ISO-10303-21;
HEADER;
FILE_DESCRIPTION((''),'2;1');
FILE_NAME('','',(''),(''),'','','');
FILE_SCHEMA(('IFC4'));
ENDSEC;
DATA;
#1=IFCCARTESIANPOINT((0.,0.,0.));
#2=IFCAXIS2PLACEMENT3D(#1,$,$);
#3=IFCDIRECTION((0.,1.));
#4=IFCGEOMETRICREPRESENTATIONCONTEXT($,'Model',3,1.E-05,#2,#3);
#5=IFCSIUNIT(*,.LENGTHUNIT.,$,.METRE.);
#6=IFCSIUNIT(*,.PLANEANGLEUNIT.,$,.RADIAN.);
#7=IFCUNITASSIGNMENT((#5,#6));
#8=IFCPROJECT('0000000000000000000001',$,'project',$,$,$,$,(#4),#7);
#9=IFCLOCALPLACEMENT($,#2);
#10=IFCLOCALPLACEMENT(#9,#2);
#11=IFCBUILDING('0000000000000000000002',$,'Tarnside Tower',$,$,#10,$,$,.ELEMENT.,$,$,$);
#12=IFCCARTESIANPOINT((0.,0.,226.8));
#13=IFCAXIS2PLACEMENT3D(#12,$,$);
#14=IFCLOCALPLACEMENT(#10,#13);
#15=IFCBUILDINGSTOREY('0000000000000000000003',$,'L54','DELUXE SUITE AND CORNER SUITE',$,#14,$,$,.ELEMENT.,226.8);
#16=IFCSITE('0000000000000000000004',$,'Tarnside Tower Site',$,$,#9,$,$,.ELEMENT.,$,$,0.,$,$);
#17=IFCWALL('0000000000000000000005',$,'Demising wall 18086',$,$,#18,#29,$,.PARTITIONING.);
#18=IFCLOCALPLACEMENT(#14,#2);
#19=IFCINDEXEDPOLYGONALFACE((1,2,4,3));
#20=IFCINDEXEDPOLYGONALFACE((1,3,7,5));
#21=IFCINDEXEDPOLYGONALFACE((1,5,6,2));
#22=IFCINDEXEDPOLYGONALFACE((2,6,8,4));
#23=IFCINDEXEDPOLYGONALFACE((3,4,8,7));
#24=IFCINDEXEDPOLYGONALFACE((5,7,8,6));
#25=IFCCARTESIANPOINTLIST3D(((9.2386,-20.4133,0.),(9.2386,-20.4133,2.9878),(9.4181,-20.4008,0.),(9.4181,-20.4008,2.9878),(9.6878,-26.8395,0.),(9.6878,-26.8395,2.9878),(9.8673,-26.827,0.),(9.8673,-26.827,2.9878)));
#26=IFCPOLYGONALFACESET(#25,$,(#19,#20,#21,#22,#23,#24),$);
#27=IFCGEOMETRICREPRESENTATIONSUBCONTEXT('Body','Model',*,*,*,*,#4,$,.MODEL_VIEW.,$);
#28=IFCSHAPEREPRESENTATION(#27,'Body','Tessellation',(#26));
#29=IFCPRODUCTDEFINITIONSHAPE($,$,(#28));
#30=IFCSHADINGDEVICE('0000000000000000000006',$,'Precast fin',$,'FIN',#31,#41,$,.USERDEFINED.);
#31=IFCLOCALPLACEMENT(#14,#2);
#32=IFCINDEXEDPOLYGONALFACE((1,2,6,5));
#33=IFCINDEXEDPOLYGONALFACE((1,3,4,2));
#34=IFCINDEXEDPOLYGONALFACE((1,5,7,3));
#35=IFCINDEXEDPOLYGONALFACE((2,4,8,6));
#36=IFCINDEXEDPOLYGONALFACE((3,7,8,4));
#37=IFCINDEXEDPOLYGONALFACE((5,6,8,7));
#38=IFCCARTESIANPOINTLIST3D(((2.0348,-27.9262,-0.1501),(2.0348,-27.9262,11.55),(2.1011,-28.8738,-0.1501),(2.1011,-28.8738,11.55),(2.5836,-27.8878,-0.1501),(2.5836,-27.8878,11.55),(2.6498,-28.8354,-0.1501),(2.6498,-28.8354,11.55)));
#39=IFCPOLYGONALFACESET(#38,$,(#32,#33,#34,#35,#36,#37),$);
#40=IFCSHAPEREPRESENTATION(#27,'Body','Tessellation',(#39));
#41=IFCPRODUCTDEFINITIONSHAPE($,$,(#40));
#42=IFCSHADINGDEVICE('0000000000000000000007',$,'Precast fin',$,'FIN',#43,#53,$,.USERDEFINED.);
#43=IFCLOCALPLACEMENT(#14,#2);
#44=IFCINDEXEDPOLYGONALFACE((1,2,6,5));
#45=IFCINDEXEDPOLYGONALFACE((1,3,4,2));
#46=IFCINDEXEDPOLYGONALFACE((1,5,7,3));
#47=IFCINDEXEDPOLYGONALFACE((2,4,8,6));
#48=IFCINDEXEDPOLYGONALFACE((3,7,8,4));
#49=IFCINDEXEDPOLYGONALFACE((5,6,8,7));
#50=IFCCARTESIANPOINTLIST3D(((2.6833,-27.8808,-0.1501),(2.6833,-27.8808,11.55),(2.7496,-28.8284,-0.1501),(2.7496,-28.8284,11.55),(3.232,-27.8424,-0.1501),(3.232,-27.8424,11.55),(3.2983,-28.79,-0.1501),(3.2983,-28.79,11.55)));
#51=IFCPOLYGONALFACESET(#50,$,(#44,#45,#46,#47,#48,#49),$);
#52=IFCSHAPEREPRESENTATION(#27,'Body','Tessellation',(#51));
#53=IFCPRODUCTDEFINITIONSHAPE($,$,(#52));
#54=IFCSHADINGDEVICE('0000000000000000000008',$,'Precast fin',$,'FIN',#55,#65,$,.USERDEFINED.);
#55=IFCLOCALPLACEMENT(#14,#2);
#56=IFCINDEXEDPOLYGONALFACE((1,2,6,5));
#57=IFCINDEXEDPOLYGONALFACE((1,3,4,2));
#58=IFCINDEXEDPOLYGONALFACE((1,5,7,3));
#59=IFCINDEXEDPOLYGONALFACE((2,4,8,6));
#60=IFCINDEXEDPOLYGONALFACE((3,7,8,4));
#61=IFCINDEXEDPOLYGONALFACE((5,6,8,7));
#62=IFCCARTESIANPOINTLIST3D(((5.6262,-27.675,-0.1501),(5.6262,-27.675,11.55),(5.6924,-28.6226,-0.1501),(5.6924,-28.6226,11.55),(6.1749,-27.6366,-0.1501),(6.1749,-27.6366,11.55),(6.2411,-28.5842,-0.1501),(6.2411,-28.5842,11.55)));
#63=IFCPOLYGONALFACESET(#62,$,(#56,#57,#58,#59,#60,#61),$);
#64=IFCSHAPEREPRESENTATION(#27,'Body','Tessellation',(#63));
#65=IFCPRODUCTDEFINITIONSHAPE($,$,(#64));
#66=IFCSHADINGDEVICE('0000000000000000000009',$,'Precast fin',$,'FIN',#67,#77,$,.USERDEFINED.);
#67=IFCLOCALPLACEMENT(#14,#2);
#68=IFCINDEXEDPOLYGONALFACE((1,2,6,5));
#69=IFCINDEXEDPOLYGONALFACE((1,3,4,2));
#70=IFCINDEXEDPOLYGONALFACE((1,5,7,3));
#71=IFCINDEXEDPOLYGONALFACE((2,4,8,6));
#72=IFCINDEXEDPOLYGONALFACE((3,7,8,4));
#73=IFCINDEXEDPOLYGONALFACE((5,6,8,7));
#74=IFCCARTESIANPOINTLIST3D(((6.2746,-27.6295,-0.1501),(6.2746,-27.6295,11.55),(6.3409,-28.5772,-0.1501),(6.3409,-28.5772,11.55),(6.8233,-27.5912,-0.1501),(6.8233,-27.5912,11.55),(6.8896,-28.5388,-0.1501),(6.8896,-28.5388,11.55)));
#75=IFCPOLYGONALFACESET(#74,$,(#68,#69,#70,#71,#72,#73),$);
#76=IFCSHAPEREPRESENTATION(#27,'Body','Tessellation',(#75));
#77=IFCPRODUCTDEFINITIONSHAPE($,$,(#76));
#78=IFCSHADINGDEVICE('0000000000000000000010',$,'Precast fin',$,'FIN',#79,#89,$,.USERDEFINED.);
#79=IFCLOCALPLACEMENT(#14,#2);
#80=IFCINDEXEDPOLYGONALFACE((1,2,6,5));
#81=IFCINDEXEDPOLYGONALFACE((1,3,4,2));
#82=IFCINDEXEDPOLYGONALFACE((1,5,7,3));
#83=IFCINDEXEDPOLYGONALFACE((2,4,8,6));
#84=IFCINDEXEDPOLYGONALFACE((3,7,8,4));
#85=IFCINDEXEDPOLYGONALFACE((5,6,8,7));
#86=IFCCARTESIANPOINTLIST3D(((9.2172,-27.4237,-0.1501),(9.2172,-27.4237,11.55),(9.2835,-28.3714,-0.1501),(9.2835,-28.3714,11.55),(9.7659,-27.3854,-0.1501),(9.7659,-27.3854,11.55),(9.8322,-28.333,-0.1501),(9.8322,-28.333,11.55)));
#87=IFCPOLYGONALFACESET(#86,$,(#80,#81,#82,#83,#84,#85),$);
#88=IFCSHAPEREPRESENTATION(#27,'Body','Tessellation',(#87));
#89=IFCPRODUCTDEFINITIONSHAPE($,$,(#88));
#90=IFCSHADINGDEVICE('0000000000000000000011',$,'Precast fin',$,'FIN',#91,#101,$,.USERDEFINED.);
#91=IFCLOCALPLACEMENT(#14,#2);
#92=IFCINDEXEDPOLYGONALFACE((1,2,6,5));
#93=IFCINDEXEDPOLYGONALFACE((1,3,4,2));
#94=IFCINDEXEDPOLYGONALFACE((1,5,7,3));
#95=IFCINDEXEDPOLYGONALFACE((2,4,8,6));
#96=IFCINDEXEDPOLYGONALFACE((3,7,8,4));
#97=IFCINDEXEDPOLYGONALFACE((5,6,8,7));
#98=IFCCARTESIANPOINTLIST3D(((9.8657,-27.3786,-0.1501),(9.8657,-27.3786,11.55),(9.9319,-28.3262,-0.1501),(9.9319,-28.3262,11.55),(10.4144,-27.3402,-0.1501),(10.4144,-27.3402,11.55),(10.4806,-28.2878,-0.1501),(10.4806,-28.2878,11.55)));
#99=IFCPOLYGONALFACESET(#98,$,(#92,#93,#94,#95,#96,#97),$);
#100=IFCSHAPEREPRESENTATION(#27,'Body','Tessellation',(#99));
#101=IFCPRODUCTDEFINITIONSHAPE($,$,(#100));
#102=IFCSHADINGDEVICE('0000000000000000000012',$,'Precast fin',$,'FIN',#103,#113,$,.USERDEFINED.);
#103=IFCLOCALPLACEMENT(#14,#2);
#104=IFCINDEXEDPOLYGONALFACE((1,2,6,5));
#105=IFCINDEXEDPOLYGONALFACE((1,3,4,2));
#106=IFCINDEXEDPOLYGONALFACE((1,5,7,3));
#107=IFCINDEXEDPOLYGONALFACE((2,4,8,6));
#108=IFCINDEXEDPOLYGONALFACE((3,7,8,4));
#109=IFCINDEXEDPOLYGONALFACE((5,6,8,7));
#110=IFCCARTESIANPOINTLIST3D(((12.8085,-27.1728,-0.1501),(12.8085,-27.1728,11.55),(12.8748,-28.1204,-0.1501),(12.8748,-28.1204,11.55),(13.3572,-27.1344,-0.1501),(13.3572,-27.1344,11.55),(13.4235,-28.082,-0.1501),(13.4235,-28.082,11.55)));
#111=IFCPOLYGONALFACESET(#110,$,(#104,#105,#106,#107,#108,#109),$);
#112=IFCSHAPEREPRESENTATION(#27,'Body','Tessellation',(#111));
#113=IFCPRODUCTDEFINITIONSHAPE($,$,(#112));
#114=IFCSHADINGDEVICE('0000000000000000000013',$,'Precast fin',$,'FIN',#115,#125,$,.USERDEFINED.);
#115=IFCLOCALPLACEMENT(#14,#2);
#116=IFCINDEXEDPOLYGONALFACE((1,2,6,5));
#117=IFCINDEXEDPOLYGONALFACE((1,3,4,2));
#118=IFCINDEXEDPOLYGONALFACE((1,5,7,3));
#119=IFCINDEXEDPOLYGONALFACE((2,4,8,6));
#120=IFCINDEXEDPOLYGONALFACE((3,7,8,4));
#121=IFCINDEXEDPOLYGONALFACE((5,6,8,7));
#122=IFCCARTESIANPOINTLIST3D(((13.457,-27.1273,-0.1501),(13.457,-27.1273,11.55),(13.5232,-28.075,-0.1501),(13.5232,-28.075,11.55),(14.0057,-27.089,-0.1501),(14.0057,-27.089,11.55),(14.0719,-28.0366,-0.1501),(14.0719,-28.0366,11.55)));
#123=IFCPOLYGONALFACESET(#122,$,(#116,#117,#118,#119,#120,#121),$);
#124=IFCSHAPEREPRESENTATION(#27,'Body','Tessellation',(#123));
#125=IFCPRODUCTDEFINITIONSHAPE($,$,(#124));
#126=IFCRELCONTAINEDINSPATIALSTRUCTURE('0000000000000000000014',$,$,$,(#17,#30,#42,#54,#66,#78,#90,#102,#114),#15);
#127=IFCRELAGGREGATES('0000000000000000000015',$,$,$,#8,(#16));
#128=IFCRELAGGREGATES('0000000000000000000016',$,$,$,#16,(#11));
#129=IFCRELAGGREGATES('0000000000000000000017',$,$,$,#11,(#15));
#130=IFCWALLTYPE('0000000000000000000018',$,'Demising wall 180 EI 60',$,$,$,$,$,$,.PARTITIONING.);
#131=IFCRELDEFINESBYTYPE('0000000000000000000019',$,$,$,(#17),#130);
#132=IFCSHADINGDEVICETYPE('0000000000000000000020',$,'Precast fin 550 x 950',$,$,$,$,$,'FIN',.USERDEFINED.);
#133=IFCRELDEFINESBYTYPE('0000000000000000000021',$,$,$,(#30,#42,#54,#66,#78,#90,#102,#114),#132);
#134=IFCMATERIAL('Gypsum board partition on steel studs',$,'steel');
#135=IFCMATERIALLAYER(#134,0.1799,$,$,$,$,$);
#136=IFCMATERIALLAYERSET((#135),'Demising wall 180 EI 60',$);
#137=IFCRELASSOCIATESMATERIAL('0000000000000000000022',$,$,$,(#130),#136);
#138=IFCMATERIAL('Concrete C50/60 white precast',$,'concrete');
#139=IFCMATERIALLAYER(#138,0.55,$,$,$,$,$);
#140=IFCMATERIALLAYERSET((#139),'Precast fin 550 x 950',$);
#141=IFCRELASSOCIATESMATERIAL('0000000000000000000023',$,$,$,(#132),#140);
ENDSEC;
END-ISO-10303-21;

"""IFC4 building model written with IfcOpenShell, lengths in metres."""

from ifc_helpers import new_model, si_unit, direction, frame, frame_2d, origin, place, context, subcontext, project, spatial, polyline, rectangle, outline, extrude, material, layer, layer_set, type_object, element, save


model = new_model("IFC4")

# Units and contexts
model_context = context("Model", 3, precision=1e-05, world=origin(), true_north=direction((0.0, 1.0)))
body_context = subcontext(model_context, "Body", "Model", "MODEL_VIEW")
ifc_project = project(units=[si_unit("LENGTHUNIT", "METRE"), si_unit("PLANEANGLEUNIT", "RADIAN")], contexts=[model_context])

# Site, building, storey
site_placement = place(None, origin())
site = spatial("IfcSite", under=ifc_project, at=site_placement, Name="Tarnside Tower Site", CompositionType="ELEMENT", RefElevation=0.0)
building_placement = place(site_placement, origin())
building = spatial("IfcBuilding", under=site, at=building_placement, Name="Tarnside Tower", CompositionType="ELEMENT")
storey_placement = place(building_placement, frame((0.0, 0.0, 226.8)))
storey = spatial("IfcBuildingStorey", under=building, at=storey_placement, Name="L54", Description="DELUXE SUITE AND CORNER SUITE", CompositionType="ELEMENT", Elevation=226.8)

# Shared definitions
ifc_material_1 = material(Name="Gypsum board partition on steel studs", Category="steel")

# Wall
ifc_layer_1 = layer(ifc_material_1, 0.1799)
ifc_layer_set_1 = layer_set([ifc_layer_1], Name="Demising wall 180 EI 60")
wall_type_1 = type_object("IfcWallType", Name="Demising wall 180 EI 60", PredefinedType="PARTITIONING", material=ifc_layer_set_1)
wall_1_placement = place(storey_placement, frame((9.7776, -26.8333, 0.0), z_axis=(0.0, 0.0, 1.0), x_axis=(-0.069733, 0.997566, 0.0)))
element("IfcWall", 1, at=wall_1_placement, inside=storey, type_object=wall_type_1, Name="Demising wall 18086", PredefinedType="PARTITIONING", context=body_context, shape_type="SweptSolid", body=[
    extrude(rectangle(XDim=6.4419, YDim=0.1799, at=frame_2d((3.2209, 0.0))), origin(), (0.0, 0.0, 1.0), 2.9878),
])

# Shading devices
ifc_material_2 = material(Name="Concrete C50/60 white precast", Category="concrete")
ifc_layer_2 = layer(ifc_material_2, 0.55)
ifc_layer_set_2 = layer_set([ifc_layer_2], Name="Precast fin 550 x 950")
shading_device_type = type_object("IfcShadingDeviceType", Name="Precast fin 550 x 950", ElementType="FIN", PredefinedType="USERDEFINED", material=ifc_layer_set_2)
for number, where, z_axis, x_axis, name in (
    (2, (2.3093, -27.907, -0.1501), (-0.997564, -0.069756, 0.0), (0.069756, -0.997564, 0.0), "Precast fin"),
    (3, (2.9578, -27.8616, -0.1501), (-0.997564, -0.069756, 0.0), (0.069756, -0.997564, 0.0), "Precast fin"),
    (4, (5.9006, -27.6558, -0.1501), (-0.997564, -0.069756, 0.0), (0.069756, -0.997564, 0.0), "Precast fin"),
    (5, (6.5491, -27.6104, -0.1501), (-0.997564, -0.069756, 0.0), (0.069756, -0.997564, 0.0), "Precast fin"),
    (6, (9.4917, -27.4045, -0.1501), (-0.997564, -0.069756, 0.0), (0.069756, -0.997564, 0.0), "Precast fin"),
    (7, (10.1401, -27.3594, -0.1501), (-0.997564, -0.069756, 0.0), (0.069756, -0.997564, 0.0), "Precast fin"),
    (8, (13.083, -27.1536, -0.1501), (-0.997564, -0.069756, 0.0), (0.069756, -0.997564, 0.0), "Precast fin"),
    (9, (13.7314, -27.1082, -0.1501), (-0.997564, -0.069756, 0.0), (0.069756, -0.997564, 0.0), "Precast fin"),
):
    element("IfcShadingDevice", number, at=place(storey_placement, frame(where, z_axis=z_axis, x_axis=x_axis)), inside=storey, type_object=shading_device_type, Name=name, ObjectType="FIN", PredefinedType="USERDEFINED", context=body_context, shape_type="SweptSolid", body=[
        extrude(outline(polyline([(0.0, 0.0), (0.95, 0.0), (0.95, 11.7002), (0.0, 11.7002), (0.0, 0.0)])), frame((0.0, 0.0, -0.2749)), (0.0, 0.0, 1.0), 0.55),
    ])

save(model, "model.ifc")
